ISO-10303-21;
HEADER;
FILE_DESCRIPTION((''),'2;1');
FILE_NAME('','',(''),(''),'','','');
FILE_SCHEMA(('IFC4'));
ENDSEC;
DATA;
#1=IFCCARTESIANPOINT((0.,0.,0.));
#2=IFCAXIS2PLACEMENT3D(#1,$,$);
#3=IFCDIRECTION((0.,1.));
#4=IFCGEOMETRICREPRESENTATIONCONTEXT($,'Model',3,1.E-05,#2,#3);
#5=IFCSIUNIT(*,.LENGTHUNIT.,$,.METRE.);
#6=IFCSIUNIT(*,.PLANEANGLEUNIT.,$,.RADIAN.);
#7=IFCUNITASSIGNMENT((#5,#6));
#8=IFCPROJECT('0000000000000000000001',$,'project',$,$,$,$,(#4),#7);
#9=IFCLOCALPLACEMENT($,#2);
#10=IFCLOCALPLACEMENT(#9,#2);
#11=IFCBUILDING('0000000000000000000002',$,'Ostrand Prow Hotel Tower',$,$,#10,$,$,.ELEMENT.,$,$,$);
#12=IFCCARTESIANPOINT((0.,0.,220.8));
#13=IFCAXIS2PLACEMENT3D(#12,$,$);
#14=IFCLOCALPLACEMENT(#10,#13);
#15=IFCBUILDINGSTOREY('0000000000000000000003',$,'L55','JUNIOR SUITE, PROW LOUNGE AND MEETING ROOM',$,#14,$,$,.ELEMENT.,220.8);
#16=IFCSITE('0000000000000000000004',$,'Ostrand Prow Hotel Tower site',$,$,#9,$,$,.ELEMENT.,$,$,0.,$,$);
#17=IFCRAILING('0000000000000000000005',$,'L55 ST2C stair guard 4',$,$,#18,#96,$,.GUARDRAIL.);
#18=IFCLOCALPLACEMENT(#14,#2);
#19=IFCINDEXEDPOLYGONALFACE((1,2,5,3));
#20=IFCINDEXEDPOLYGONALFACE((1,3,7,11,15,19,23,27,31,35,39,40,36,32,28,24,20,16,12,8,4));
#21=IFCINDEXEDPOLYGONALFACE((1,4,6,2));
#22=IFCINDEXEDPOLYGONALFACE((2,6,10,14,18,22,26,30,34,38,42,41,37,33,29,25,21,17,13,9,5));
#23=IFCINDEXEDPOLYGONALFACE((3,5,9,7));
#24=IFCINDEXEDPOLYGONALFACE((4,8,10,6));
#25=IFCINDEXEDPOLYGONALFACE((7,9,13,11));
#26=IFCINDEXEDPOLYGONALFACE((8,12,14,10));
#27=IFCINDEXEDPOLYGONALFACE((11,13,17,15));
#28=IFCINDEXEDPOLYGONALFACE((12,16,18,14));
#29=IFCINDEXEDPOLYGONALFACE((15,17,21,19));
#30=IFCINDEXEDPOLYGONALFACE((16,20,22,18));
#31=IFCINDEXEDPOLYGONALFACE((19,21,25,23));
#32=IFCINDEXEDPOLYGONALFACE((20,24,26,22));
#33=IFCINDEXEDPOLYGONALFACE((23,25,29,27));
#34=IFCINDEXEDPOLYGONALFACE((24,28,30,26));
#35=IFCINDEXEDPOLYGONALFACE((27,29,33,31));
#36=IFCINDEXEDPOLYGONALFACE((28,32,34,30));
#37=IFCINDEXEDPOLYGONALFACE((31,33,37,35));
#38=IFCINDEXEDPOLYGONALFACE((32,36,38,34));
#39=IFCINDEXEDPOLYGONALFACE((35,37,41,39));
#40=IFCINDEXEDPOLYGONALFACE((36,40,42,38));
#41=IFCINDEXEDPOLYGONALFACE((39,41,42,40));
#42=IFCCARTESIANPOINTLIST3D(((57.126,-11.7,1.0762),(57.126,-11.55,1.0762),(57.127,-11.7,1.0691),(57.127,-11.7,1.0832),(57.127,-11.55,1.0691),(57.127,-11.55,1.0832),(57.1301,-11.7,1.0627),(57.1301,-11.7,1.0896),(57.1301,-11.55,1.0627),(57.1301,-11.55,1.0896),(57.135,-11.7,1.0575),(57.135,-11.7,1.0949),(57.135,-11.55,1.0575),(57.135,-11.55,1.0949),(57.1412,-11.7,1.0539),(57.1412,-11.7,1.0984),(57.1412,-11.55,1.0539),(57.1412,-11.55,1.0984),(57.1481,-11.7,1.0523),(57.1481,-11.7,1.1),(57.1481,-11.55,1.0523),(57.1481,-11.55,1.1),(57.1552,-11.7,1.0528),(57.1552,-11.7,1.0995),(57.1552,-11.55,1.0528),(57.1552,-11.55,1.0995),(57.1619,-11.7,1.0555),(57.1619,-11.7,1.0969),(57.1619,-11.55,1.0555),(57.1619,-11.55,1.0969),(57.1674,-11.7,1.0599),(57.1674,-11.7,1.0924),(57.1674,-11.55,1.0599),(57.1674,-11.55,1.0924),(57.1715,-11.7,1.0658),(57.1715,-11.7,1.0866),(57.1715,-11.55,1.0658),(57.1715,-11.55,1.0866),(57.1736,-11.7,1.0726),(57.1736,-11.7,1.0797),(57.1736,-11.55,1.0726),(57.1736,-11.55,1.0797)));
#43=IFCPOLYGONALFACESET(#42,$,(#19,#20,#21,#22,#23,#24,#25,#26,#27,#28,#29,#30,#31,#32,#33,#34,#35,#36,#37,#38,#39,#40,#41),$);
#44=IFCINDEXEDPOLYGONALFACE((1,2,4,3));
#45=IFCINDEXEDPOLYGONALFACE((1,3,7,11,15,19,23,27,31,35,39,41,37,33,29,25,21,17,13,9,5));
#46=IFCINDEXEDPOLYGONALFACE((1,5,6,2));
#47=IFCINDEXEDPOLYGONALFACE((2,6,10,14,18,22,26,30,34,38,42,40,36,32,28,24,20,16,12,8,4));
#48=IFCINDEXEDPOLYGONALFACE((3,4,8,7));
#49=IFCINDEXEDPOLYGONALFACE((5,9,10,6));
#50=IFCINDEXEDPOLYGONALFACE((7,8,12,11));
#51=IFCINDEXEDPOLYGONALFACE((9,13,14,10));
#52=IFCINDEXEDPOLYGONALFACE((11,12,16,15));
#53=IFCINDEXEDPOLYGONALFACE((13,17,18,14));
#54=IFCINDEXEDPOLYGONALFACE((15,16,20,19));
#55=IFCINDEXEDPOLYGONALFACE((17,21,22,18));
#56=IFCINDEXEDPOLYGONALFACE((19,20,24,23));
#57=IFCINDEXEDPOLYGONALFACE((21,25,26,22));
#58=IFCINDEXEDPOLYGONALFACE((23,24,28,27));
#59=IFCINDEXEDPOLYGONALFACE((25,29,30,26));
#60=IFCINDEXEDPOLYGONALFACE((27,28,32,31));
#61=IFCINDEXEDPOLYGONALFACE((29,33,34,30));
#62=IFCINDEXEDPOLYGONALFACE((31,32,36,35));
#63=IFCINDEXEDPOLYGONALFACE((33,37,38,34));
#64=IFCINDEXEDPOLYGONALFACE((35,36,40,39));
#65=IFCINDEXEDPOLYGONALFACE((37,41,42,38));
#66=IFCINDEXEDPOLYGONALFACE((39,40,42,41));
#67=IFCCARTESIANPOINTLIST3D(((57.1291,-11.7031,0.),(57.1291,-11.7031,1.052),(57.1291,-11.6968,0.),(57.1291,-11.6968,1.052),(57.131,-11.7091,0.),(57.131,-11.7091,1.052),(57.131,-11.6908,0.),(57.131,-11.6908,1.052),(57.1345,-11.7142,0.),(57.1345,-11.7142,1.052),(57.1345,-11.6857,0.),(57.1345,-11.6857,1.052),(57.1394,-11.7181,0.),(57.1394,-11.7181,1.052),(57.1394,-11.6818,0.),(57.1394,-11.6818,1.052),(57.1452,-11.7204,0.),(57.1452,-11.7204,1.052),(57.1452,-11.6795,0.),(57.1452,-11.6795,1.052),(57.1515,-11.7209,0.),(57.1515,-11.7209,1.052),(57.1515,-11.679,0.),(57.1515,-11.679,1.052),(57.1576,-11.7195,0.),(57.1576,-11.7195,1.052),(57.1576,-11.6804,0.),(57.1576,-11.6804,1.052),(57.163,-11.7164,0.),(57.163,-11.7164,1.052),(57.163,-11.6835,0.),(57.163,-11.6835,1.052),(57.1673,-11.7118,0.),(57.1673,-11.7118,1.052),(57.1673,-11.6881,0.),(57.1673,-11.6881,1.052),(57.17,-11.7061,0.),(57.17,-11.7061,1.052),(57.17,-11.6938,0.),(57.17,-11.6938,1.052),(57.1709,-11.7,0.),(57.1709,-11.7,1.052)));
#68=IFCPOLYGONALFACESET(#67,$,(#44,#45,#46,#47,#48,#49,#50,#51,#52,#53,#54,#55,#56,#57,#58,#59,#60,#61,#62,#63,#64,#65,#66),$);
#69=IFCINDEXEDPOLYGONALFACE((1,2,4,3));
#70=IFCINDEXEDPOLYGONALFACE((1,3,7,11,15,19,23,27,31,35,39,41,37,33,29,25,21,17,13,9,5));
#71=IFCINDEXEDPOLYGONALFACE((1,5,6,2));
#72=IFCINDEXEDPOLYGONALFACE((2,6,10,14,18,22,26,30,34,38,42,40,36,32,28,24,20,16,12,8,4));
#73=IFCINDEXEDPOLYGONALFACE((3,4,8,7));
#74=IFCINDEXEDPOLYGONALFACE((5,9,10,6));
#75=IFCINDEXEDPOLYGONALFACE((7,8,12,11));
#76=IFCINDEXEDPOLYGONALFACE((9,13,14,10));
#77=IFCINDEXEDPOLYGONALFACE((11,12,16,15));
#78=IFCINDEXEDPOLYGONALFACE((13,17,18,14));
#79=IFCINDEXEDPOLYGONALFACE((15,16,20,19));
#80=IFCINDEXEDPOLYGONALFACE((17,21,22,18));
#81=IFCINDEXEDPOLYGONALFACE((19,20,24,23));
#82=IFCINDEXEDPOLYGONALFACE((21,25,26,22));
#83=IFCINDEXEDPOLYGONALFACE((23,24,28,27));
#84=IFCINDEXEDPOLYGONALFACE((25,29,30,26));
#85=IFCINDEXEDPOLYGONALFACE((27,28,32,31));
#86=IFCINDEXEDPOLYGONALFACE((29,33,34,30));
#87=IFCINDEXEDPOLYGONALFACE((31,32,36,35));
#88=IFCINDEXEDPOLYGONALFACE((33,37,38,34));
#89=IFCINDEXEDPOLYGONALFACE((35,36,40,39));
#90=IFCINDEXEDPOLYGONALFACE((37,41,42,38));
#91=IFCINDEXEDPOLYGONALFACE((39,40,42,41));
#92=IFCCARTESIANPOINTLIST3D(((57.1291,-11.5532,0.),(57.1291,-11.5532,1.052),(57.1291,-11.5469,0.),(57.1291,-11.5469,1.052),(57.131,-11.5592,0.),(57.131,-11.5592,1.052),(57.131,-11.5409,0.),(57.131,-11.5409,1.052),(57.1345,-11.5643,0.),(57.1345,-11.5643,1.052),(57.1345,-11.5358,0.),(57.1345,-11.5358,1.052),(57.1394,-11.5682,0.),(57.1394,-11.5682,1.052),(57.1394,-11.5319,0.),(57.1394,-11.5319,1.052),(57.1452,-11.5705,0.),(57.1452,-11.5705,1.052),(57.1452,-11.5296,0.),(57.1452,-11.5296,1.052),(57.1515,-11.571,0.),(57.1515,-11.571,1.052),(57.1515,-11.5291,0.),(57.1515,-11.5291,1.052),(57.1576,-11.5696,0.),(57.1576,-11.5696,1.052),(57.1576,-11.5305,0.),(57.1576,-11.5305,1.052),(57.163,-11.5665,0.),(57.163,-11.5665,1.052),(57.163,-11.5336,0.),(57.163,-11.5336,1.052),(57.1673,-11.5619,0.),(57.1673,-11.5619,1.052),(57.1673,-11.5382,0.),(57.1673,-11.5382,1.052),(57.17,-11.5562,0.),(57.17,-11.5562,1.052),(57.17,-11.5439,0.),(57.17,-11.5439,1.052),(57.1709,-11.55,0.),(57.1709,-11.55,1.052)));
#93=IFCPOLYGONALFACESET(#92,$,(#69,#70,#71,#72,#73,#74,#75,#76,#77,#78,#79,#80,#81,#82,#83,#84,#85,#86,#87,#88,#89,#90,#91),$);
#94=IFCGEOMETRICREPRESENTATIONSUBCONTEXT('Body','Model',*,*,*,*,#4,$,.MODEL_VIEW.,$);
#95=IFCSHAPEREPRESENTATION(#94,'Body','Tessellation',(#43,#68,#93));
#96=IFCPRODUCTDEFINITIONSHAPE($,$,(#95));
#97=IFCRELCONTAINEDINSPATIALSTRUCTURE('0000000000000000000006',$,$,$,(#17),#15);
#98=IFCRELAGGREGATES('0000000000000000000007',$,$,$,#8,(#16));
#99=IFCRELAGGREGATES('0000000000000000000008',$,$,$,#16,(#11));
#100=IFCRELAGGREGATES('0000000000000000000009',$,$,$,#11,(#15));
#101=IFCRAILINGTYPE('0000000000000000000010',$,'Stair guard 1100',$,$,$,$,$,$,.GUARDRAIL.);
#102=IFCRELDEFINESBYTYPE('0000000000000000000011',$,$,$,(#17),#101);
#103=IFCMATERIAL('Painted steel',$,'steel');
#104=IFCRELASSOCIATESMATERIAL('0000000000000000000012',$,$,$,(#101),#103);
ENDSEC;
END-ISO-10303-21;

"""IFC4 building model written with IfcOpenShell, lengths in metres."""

from ifc_helpers import new_model, si_unit, direction, frame, origin, origin_2d, place, context, subcontext, project, spatial, circle, extrude, material, type_object, element, save


model = new_model("IFC4")

# Units and contexts
model_context = context("Model", 3, precision=1e-05, world=origin(), true_north=direction((0.0, 1.0)))
body_context = subcontext(model_context, "Body", "Model", "MODEL_VIEW")
ifc_project = project(units=[si_unit("LENGTHUNIT", "METRE"), si_unit("PLANEANGLEUNIT", "RADIAN")], contexts=[model_context])

# Site, building, storey
site_placement = place(None, origin())
site = spatial("IfcSite", under=ifc_project, at=site_placement, Name="Ostrand Prow Hotel Tower site", CompositionType="ELEMENT", RefElevation=0.0)
building_placement = place(site_placement, origin())
building = spatial("IfcBuilding", under=site, at=building_placement, Name="Ostrand Prow Hotel Tower", CompositionType="ELEMENT")
storey_placement = place(building_placement, frame((0.0, 0.0, 220.8)))
storey = spatial("IfcBuildingStorey", under=building, at=storey_placement, Name="L55", Description="JUNIOR SUITE, PROW LOUNGE AND MEETING ROOM", CompositionType="ELEMENT", Elevation=220.8)

# Railing
ifc_material_1 = material(Name="Painted steel", Category="steel")
railing_type_1 = type_object("IfcRailingType", Name="Stair guard 1100", PredefinedType="GUARDRAIL", material=ifc_material_1)
railing_1_placement = place(storey_placement, frame((57.1499, -11.7, 0.0)))
element("IfcRailing", 1, at=railing_1_placement, inside=storey, type_object=railing_type_1, Name="L55 ST2C stair guard 4", PredefinedType="GUARDRAIL", context=body_context, shape_type="SweptSolid", body=[
    extrude(circle(Radius=0.0239, at=origin_2d()), frame((0.0, 0.0, 1.0762), z_axis=(0.0, 1.0, 0.0), x_axis=(-1.0, 0.0, 0.0)), (0.0, 0.0, 1.0), 0.1499),
    extrude(circle(Radius=0.021, at=origin_2d()), origin(), (0.0, 0.0, 1.0), 1.052),
    extrude(circle(Radius=0.021, at=origin_2d()), frame((0.0, 0.1499, 0.0)), (0.0, 0.0, 1.0), 1.052),
])

save(model, "model.ifc")
